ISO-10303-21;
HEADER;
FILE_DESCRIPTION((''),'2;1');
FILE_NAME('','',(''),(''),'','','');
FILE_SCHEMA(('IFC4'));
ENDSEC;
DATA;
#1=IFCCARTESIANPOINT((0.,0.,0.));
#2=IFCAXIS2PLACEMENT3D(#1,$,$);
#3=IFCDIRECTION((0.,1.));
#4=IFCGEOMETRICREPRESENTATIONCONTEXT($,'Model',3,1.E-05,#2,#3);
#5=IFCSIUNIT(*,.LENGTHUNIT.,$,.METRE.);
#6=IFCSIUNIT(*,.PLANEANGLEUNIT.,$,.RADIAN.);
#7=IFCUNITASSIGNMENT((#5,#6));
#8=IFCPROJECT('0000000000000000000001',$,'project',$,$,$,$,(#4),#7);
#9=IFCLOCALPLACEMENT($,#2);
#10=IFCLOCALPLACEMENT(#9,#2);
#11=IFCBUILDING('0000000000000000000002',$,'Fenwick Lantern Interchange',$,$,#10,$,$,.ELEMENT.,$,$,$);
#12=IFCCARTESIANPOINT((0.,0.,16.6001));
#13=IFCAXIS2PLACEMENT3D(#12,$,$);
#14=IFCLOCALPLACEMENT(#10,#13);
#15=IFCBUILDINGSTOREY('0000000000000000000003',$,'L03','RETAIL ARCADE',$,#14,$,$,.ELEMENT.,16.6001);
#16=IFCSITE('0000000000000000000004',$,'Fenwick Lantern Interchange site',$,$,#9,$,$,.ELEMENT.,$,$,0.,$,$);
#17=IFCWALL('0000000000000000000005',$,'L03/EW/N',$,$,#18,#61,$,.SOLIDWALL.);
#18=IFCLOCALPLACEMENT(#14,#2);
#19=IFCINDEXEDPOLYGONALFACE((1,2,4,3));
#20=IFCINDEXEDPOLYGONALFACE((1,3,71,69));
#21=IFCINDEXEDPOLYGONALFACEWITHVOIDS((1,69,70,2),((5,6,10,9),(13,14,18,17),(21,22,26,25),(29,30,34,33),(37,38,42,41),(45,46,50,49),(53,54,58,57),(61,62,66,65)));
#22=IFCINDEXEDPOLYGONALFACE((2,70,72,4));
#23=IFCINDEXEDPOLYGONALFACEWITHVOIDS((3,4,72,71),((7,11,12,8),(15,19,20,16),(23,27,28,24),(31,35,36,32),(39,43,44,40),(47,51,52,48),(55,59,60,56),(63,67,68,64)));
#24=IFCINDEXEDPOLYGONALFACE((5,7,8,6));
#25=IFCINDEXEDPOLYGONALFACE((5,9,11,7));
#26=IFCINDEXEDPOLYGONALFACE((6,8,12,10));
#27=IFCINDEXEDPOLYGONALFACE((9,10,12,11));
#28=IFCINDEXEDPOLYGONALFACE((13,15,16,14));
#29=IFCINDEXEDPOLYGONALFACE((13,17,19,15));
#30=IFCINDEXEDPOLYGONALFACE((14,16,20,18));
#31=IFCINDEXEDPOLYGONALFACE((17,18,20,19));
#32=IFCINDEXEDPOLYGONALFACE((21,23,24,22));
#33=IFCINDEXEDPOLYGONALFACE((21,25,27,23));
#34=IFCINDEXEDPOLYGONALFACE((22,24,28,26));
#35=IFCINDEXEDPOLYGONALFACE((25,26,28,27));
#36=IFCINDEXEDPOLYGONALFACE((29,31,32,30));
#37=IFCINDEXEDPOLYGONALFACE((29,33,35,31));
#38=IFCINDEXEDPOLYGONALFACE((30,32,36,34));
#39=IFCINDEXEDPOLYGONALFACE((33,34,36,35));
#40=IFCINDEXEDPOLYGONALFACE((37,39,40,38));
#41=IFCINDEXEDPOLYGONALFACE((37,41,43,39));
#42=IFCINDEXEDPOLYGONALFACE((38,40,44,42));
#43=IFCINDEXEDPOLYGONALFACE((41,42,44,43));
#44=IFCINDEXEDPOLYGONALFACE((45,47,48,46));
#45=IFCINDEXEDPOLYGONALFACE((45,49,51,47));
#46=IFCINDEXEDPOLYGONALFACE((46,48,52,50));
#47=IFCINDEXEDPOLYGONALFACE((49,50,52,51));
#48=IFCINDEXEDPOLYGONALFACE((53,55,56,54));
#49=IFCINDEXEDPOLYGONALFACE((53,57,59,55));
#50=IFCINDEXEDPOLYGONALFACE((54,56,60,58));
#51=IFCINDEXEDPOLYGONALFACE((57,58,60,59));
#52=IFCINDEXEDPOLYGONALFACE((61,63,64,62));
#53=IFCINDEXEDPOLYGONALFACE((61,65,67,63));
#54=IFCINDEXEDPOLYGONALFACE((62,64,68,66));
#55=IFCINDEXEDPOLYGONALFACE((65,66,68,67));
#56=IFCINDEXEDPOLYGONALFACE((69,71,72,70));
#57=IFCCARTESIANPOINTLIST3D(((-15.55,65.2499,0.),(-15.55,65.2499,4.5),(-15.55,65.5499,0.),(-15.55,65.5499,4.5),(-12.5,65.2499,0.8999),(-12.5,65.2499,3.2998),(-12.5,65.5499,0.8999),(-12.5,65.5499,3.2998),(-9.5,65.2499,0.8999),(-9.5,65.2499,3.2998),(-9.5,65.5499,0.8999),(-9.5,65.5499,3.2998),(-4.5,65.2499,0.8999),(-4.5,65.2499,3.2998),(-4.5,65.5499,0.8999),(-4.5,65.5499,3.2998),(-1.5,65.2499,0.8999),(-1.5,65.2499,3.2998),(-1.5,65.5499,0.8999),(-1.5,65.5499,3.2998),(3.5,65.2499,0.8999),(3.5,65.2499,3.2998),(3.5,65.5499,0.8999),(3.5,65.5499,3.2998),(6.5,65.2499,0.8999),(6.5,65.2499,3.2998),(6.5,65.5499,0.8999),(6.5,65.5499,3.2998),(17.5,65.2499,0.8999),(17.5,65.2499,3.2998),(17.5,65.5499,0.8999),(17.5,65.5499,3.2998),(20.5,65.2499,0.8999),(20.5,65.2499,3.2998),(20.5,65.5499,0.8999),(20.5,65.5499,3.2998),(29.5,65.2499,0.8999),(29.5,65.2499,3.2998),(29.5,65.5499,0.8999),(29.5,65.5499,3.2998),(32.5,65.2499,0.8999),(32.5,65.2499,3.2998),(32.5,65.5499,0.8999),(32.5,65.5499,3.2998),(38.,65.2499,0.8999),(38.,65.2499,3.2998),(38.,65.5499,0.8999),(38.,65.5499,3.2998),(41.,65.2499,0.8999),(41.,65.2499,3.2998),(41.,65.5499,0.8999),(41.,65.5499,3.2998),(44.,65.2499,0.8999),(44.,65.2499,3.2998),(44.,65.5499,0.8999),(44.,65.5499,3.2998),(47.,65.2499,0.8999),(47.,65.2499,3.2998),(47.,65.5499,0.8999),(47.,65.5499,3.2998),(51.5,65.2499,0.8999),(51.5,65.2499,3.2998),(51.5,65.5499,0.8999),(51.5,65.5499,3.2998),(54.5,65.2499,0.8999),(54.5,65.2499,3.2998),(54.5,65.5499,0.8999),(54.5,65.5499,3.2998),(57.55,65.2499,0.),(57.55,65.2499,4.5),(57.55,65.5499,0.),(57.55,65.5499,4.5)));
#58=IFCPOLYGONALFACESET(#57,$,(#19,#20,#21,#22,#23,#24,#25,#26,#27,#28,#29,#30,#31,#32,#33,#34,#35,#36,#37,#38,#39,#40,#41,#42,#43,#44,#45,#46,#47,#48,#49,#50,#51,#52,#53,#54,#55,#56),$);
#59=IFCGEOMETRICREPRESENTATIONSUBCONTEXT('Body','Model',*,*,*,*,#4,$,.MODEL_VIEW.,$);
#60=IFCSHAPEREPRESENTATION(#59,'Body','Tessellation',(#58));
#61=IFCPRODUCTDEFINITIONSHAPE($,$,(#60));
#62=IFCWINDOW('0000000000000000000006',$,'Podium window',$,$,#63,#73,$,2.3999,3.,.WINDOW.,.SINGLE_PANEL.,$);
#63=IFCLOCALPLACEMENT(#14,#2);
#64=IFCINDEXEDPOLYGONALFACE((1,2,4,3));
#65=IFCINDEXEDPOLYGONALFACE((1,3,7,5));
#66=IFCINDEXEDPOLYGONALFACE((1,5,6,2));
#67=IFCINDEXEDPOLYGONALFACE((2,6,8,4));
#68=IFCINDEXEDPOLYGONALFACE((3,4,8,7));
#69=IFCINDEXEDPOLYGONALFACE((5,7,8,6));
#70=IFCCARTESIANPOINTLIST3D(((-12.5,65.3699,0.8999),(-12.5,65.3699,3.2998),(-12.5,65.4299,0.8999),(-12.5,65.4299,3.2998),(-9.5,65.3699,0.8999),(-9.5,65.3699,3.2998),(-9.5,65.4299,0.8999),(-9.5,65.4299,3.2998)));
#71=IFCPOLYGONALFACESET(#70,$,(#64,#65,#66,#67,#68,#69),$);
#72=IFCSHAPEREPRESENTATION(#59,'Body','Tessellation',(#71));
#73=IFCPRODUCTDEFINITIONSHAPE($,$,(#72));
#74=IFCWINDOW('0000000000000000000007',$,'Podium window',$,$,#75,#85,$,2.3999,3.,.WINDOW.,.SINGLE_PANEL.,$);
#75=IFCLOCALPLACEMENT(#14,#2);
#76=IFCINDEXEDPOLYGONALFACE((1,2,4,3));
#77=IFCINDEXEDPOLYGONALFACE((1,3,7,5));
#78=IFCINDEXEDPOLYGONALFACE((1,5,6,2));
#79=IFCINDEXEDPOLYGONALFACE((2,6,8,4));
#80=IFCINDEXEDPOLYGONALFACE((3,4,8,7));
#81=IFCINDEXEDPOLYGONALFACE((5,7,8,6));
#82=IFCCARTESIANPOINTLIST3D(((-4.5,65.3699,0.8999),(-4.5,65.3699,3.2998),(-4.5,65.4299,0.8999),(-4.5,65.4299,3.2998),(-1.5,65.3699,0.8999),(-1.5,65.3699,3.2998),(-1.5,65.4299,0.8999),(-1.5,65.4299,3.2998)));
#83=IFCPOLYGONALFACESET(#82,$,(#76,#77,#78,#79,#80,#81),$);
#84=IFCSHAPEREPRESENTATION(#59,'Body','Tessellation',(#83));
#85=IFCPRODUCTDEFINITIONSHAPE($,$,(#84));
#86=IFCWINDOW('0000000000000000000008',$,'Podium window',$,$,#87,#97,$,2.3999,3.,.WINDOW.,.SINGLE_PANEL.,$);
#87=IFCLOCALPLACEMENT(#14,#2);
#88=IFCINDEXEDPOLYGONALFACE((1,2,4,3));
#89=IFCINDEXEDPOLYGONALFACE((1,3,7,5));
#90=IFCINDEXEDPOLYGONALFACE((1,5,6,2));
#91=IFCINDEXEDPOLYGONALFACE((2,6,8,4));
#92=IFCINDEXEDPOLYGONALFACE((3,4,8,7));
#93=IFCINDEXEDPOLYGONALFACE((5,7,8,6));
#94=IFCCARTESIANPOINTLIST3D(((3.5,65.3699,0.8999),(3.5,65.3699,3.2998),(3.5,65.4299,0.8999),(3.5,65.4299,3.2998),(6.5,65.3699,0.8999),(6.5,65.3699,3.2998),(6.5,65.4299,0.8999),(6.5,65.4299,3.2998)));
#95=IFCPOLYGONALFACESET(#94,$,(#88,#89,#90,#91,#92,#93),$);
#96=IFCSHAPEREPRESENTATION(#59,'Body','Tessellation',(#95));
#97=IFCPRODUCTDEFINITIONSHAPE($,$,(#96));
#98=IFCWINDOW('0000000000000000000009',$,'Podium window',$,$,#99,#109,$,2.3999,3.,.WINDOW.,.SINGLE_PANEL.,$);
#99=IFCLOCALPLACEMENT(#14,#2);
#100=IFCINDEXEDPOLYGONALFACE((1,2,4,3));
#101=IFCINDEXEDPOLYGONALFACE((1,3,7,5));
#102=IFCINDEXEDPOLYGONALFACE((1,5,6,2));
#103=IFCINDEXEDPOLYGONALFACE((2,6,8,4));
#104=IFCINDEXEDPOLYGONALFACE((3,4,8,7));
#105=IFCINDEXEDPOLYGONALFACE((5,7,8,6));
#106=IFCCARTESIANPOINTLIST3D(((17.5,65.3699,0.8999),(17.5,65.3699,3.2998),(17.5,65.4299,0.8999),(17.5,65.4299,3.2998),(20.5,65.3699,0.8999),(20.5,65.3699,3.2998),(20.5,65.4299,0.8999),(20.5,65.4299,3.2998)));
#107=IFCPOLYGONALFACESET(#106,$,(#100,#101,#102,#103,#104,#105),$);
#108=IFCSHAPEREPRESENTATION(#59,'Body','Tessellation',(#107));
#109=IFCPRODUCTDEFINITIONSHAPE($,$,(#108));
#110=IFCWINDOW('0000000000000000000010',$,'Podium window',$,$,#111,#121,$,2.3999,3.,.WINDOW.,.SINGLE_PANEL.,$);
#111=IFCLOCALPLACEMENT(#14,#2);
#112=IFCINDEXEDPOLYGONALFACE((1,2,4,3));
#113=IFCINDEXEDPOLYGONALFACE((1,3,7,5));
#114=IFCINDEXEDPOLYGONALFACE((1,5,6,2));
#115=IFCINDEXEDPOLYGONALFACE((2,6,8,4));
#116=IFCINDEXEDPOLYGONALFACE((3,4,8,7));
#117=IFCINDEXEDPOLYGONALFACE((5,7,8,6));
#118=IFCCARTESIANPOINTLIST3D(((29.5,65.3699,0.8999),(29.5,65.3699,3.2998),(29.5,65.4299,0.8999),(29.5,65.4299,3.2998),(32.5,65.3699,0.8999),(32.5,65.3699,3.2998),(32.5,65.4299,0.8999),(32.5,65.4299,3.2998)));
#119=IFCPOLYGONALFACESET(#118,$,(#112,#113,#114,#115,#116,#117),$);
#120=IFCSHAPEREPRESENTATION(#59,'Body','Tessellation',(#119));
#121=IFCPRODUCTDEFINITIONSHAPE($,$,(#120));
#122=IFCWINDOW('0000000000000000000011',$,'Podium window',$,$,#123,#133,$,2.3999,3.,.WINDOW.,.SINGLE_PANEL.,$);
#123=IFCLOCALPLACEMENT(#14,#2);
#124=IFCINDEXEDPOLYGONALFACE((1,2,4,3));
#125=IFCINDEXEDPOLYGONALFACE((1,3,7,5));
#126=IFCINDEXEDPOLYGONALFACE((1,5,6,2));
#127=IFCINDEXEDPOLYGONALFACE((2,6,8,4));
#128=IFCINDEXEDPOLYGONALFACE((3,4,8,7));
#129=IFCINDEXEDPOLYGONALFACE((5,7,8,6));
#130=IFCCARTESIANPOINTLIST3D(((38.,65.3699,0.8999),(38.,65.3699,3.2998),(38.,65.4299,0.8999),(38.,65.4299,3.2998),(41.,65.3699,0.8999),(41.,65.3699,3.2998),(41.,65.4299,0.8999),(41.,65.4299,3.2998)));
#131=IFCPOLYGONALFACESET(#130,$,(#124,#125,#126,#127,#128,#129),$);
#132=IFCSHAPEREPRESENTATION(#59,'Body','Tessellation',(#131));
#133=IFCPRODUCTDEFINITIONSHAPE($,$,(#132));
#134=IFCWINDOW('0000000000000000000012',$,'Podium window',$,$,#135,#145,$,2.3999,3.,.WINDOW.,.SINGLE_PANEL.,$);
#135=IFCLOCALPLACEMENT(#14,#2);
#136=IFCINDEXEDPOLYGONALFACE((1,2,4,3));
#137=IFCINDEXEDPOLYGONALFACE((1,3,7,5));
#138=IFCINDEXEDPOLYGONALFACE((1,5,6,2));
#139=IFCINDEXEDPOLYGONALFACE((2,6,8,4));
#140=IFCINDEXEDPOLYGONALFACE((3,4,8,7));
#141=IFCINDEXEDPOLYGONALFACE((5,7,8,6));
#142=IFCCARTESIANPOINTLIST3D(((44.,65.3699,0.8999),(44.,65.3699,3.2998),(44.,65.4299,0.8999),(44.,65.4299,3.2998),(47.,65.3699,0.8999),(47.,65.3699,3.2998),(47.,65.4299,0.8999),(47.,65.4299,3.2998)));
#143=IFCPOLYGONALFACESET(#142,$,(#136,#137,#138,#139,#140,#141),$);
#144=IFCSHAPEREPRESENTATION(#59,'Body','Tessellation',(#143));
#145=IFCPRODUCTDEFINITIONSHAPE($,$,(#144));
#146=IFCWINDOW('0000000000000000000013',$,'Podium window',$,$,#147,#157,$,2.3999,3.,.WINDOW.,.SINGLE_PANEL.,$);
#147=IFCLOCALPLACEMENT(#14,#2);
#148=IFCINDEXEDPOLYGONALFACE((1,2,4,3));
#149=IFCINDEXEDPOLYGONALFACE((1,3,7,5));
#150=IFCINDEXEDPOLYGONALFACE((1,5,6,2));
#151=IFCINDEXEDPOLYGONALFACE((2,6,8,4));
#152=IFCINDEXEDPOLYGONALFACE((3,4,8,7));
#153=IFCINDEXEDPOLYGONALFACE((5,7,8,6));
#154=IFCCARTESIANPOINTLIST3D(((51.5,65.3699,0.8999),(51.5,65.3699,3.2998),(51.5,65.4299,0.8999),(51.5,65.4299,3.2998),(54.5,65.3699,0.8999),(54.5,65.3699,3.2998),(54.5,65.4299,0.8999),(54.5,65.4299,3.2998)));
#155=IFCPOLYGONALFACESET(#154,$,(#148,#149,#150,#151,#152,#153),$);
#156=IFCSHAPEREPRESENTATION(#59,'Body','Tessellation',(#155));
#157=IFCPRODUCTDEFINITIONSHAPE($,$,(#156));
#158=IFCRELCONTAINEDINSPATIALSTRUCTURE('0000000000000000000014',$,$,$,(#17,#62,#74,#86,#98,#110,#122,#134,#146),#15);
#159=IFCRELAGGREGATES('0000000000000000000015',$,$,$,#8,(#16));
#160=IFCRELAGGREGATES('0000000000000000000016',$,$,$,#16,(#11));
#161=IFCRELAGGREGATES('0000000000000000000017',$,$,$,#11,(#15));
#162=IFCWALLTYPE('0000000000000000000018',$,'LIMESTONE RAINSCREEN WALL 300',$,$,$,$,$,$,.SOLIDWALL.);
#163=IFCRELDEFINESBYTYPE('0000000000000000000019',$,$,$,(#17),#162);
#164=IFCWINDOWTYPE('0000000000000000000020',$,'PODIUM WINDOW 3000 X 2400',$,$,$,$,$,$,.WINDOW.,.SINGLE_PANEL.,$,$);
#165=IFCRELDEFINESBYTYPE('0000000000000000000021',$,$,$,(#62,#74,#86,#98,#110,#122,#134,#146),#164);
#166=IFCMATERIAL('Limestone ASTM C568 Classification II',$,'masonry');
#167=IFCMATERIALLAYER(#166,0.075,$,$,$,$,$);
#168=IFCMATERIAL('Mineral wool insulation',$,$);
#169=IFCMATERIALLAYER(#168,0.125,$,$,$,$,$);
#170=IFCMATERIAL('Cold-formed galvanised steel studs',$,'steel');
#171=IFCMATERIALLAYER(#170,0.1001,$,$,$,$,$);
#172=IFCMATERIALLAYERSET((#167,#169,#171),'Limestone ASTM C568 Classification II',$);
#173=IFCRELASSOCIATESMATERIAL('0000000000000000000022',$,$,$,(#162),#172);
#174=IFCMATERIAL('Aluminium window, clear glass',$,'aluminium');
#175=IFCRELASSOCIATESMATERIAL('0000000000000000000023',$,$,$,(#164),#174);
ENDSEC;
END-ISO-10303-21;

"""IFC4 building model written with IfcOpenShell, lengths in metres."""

from ifc_helpers import new_model, si_unit, direction, frame, frame_2d, origin, place, context, subcontext, project, spatial, rectangle, extrude, material, layer, layer_set, type_object, element, fill, save


model = new_model("IFC4")

# Units and contexts
model_context = context("Model", 3, precision=1e-05, world=origin(), true_north=direction((0.0, 1.0)))
body_context = subcontext(model_context, "Body", "Model", "MODEL_VIEW")
ifc_project = project(units=[si_unit("LENGTHUNIT", "METRE"), si_unit("PLANEANGLEUNIT", "RADIAN")], contexts=[model_context])

# Site, building, storey
site_placement = place(None, origin())
site = spatial("IfcSite", under=ifc_project, at=site_placement, Name="Fenwick Lantern Interchange site", CompositionType="ELEMENT", RefElevation=0.0)
building_placement = place(site_placement, origin())
building = spatial("IfcBuilding", under=site, at=building_placement, Name="Fenwick Lantern Interchange", CompositionType="ELEMENT")
storey_placement = place(building_placement, frame((0.0, 0.0, 16.6001)))
storey = spatial("IfcBuildingStorey", under=building, at=storey_placement, Name="L03", Description="RETAIL ARCADE", CompositionType="ELEMENT", Elevation=16.6001)

# Wall, openings, windows
ifc_material_1 = material(Name="Limestone ASTM C568 Classification II", Category="masonry")
ifc_layer_1 = layer(ifc_material_1, 0.075)
ifc_material_2 = material(Name="Mineral wool insulation")
ifc_layer_2 = layer(ifc_material_2, 0.125)
ifc_material_3 = material(Name="Cold-formed galvanised steel studs", Category="steel")
ifc_layer_3 = layer(ifc_material_3, 0.1001)
ifc_layer_set = layer_set([ifc_layer_1, ifc_layer_2, ifc_layer_3], Name="Limestone ASTM C568 Classification II")
wall_type = type_object("IfcWallType", Name="LIMESTONE RAINSCREEN WALL 300", PredefinedType="SOLIDWALL", material=ifc_layer_set)
wall_placement = place(storey_placement, frame((57.55, 65.3999, 0.0), z_axis=(0.0, 0.0, 1.0), x_axis=(-1.0, 0.0, 0.0)))
wall = element("IfcWall", 1, at=wall_placement, inside=storey, type_object=wall_type, Name="L03/EW/N", PredefinedType="SOLIDWALL", context=body_context, shape_type="SweptSolid", body=[
    extrude(rectangle(XDim=73.1001, YDim=0.3, at=frame_2d((36.55, 0.0))), origin(), (0.0, 0.0, 1.0), 4.5),
])
opening_1_placement = place(wall_placement, frame((67.05, 0.0, 0.8999)))
opening_1 = element("IfcOpeningElement", 2, at=opening_1_placement, cuts=wall, PredefinedType="OPENING", context=body_context, shape_type="SweptSolid", body=[
    extrude(rectangle(XDim=3.0, YDim=2.3999, at=frame_2d((1.5, 1.2))), frame((0.0, 0.1599, 0.0), z_axis=(0.0, -1.0, 0.0), x_axis=(1.0, 0.0, 0.0)), (0.0, 0.0, 1.0), 0.3201),
])
opening_2_placement = place(wall_placement, frame((59.05, 0.0, 0.8999)))
opening_2 = element("IfcOpeningElement", 3, at=opening_2_placement, cuts=wall, PredefinedType="OPENING", context=body_context, shape_type="SweptSolid", body=[
    extrude(rectangle(XDim=3.0, YDim=2.3999, at=frame_2d((1.5, 1.2))), frame((0.0, 0.1599, 0.0), z_axis=(0.0, -1.0, 0.0), x_axis=(1.0, 0.0, 0.0)), (0.0, 0.0, 1.0), 0.3201),
])
opening_3_placement = place(wall_placement, frame((51.05, 0.0, 0.8999)))
opening_3 = element("IfcOpeningElement", 4, at=opening_3_placement, cuts=wall, PredefinedType="OPENING", context=body_context, shape_type="SweptSolid", body=[
    extrude(rectangle(XDim=3.0, YDim=2.3999, at=frame_2d((1.5, 1.2))), frame((0.0, 0.1599, 0.0), z_axis=(0.0, -1.0, 0.0), x_axis=(1.0, 0.0, 0.0)), (0.0, 0.0, 1.0), 0.3201),
])
opening_4_placement = place(wall_placement, frame((37.05, 0.0, 0.8999)))
opening_4 = element("IfcOpeningElement", 5, at=opening_4_placement, cuts=wall, PredefinedType="OPENING", context=body_context, shape_type="SweptSolid", body=[
    extrude(rectangle(XDim=3.0, YDim=2.3999, at=frame_2d((1.5, 1.2))), frame((0.0, 0.1599, 0.0), z_axis=(0.0, -1.0, 0.0), x_axis=(1.0, 0.0, 0.0)), (0.0, 0.0, 1.0), 0.3201),
])
opening_5_placement = place(wall_placement, frame((25.05, 0.0, 0.8999)))
opening_5 = element("IfcOpeningElement", 6, at=opening_5_placement, cuts=wall, PredefinedType="OPENING", context=body_context, shape_type="SweptSolid", body=[
    extrude(rectangle(XDim=3.0, YDim=2.3999, at=frame_2d((1.5, 1.2))), frame((0.0, 0.1599, 0.0), z_axis=(0.0, -1.0, 0.0), x_axis=(1.0, 0.0, 0.0)), (0.0, 0.0, 1.0), 0.3201),
])
opening_6_placement = place(wall_placement, frame((16.55, 0.0, 0.8999)))
opening_6 = element("IfcOpeningElement", 7, at=opening_6_placement, cuts=wall, PredefinedType="OPENING", context=body_context, shape_type="SweptSolid", body=[
    extrude(rectangle(XDim=3.0, YDim=2.3999, at=frame_2d((1.5, 1.2))), frame((0.0, 0.1599, 0.0), z_axis=(0.0, -1.0, 0.0), x_axis=(1.0, 0.0, 0.0)), (0.0, 0.0, 1.0), 0.3201),
])
opening_7_placement = place(wall_placement, frame((10.55, 0.0, 0.8999)))
opening_7 = element("IfcOpeningElement", 8, at=opening_7_placement, cuts=wall, PredefinedType="OPENING", context=body_context, shape_type="SweptSolid", body=[
    extrude(rectangle(XDim=3.0, YDim=2.3999, at=frame_2d((1.5, 1.2))), frame((0.0, 0.1599, 0.0), z_axis=(0.0, -1.0, 0.0), x_axis=(1.0, 0.0, 0.0)), (0.0, 0.0, 1.0), 0.3201),
])
opening_8_placement = place(wall_placement, frame((3.05, 0.0, 0.8999)))
opening_8 = element("IfcOpeningElement", 9, at=opening_8_placement, cuts=wall, PredefinedType="OPENING", context=body_context, shape_type="SweptSolid", body=[
    extrude(rectangle(XDim=3.0, YDim=2.3999, at=frame_2d((1.5, 1.2))), frame((0.0, 0.1599, 0.0), z_axis=(0.0, -1.0, 0.0), x_axis=(1.0, 0.0, 0.0)), (0.0, 0.0, 1.0), 0.3201),
])
ifc_material_4 = material(Name="Aluminium window, clear glass", Category="aluminium")
window_type = type_object("IfcWindowType", Name="PODIUM WINDOW 3000 X 2400", PartitioningType="SINGLE_PANEL", PredefinedType="WINDOW", material=ifc_material_4)
window_1_placement = place(opening_1_placement, origin())
window_1 = element("IfcWindow", 10, at=window_1_placement, inside=storey, type_object=window_type, Name="Podium window", OverallHeight=2.3999, OverallWidth=3.0, PartitioningType="SINGLE_PANEL", PredefinedType="WINDOW", context=body_context, shape_type="SweptSolid", body=[
    extrude(rectangle(XDim=3.0, YDim=2.3999, at=frame_2d((1.5, 1.2))), frame((0.0, 0.03, 0.0), z_axis=(0.0, -1.0, 0.0), x_axis=(1.0, 0.0, 0.0)), (0.0, 0.0, 1.0), 0.0601),
])
fill(opening_1, window_1)
window_2_placement = place(opening_2_placement, origin())
window_2 = element("IfcWindow", 11, at=window_2_placement, inside=storey, type_object=window_type, Name="Podium window", OverallHeight=2.3999, OverallWidth=3.0, PartitioningType="SINGLE_PANEL", PredefinedType="WINDOW", context=body_context, shape_type="SweptSolid", body=[
    extrude(rectangle(XDim=3.0, YDim=2.3999, at=frame_2d((1.5, 1.2))), frame((0.0, 0.03, 0.0), z_axis=(0.0, -1.0, 0.0), x_axis=(1.0, 0.0, 0.0)), (0.0, 0.0, 1.0), 0.0601),
])
fill(opening_2, window_2)
window_3_placement = place(opening_3_placement, origin())
window_3 = element("IfcWindow", 12, at=window_3_placement, inside=storey, type_object=window_type, Name="Podium window", OverallHeight=2.3999, OverallWidth=3.0, PartitioningType="SINGLE_PANEL", PredefinedType="WINDOW", context=body_context, shape_type="SweptSolid", body=[
    extrude(rectangle(XDim=3.0, YDim=2.3999, at=frame_2d((1.5, 1.2))), frame((0.0, 0.03, 0.0), z_axis=(0.0, -1.0, 0.0), x_axis=(1.0, 0.0, 0.0)), (0.0, 0.0, 1.0), 0.0601),
])
fill(opening_3, window_3)
window_4_placement = place(opening_4_placement, origin())
window_4 = element("IfcWindow", 13, at=window_4_placement, inside=storey, type_object=window_type, Name="Podium window", OverallHeight=2.3999, OverallWidth=3.0, PartitioningType="SINGLE_PANEL", PredefinedType="WINDOW", context=body_context, shape_type="SweptSolid", body=[
    extrude(rectangle(XDim=3.0, YDim=2.3999, at=frame_2d((1.5, 1.2))), frame((0.0, 0.03, 0.0), z_axis=(0.0, -1.0, 0.0), x_axis=(1.0, 0.0, 0.0)), (0.0, 0.0, 1.0), 0.0601),
])
fill(opening_4, window_4)
window_5_placement = place(opening_5_placement, origin())
window_5 = element("IfcWindow", 14, at=window_5_placement, inside=storey, type_object=window_type, Name="Podium window", OverallHeight=2.3999, OverallWidth=3.0, PartitioningType="SINGLE_PANEL", PredefinedType="WINDOW", context=body_context, shape_type="SweptSolid", body=[
    extrude(rectangle(XDim=3.0, YDim=2.3999, at=frame_2d((1.5, 1.2))), frame((0.0, 0.03, 0.0), z_axis=(0.0, -1.0, 0.0), x_axis=(1.0, 0.0, 0.0)), (0.0, 0.0, 1.0), 0.0601),
])
fill(opening_5, window_5)
window_6_placement = place(opening_6_placement, origin())
window_6 = element("IfcWindow", 15, at=window_6_placement, inside=storey, type_object=window_type, Name="Podium window", OverallHeight=2.3999, OverallWidth=3.0, PartitioningType="SINGLE_PANEL", PredefinedType="WINDOW", context=body_context, shape_type="SweptSolid", body=[
    extrude(rectangle(XDim=3.0, YDim=2.3999, at=frame_2d((1.5, 1.2))), frame((0.0, 0.03, 0.0), z_axis=(0.0, -1.0, 0.0), x_axis=(1.0, 0.0, 0.0)), (0.0, 0.0, 1.0), 0.0601),
])
fill(opening_6, window_6)
window_7_placement = place(opening_7_placement, origin())
window_7 = element("IfcWindow", 16, at=window_7_placement, inside=storey, type_object=window_type, Name="Podium window", OverallHeight=2.3999, OverallWidth=3.0, PartitioningType="SINGLE_PANEL", PredefinedType="WINDOW", context=body_context, shape_type="SweptSolid", body=[
    extrude(rectangle(XDim=3.0, YDim=2.3999, at=frame_2d((1.5, 1.2))), frame((0.0, 0.03, 0.0), z_axis=(0.0, -1.0, 0.0), x_axis=(1.0, 0.0, 0.0)), (0.0, 0.0, 1.0), 0.0601),
])
fill(opening_7, window_7)
window_8_placement = place(opening_8_placement, origin())
window_8 = element("IfcWindow", 17, at=window_8_placement, inside=storey, type_object=window_type, Name="Podium window", OverallHeight=2.3999, OverallWidth=3.0, PartitioningType="SINGLE_PANEL", PredefinedType="WINDOW", context=body_context, shape_type="SweptSolid", body=[
    extrude(rectangle(XDim=3.0, YDim=2.3999, at=frame_2d((1.5, 1.2))), frame((0.0, 0.03, 0.0), z_axis=(0.0, -1.0, 0.0), x_axis=(1.0, 0.0, 0.0)), (0.0, 0.0, 1.0), 0.0601),
])
fill(opening_8, window_8)

save(model, "model.ifc")
